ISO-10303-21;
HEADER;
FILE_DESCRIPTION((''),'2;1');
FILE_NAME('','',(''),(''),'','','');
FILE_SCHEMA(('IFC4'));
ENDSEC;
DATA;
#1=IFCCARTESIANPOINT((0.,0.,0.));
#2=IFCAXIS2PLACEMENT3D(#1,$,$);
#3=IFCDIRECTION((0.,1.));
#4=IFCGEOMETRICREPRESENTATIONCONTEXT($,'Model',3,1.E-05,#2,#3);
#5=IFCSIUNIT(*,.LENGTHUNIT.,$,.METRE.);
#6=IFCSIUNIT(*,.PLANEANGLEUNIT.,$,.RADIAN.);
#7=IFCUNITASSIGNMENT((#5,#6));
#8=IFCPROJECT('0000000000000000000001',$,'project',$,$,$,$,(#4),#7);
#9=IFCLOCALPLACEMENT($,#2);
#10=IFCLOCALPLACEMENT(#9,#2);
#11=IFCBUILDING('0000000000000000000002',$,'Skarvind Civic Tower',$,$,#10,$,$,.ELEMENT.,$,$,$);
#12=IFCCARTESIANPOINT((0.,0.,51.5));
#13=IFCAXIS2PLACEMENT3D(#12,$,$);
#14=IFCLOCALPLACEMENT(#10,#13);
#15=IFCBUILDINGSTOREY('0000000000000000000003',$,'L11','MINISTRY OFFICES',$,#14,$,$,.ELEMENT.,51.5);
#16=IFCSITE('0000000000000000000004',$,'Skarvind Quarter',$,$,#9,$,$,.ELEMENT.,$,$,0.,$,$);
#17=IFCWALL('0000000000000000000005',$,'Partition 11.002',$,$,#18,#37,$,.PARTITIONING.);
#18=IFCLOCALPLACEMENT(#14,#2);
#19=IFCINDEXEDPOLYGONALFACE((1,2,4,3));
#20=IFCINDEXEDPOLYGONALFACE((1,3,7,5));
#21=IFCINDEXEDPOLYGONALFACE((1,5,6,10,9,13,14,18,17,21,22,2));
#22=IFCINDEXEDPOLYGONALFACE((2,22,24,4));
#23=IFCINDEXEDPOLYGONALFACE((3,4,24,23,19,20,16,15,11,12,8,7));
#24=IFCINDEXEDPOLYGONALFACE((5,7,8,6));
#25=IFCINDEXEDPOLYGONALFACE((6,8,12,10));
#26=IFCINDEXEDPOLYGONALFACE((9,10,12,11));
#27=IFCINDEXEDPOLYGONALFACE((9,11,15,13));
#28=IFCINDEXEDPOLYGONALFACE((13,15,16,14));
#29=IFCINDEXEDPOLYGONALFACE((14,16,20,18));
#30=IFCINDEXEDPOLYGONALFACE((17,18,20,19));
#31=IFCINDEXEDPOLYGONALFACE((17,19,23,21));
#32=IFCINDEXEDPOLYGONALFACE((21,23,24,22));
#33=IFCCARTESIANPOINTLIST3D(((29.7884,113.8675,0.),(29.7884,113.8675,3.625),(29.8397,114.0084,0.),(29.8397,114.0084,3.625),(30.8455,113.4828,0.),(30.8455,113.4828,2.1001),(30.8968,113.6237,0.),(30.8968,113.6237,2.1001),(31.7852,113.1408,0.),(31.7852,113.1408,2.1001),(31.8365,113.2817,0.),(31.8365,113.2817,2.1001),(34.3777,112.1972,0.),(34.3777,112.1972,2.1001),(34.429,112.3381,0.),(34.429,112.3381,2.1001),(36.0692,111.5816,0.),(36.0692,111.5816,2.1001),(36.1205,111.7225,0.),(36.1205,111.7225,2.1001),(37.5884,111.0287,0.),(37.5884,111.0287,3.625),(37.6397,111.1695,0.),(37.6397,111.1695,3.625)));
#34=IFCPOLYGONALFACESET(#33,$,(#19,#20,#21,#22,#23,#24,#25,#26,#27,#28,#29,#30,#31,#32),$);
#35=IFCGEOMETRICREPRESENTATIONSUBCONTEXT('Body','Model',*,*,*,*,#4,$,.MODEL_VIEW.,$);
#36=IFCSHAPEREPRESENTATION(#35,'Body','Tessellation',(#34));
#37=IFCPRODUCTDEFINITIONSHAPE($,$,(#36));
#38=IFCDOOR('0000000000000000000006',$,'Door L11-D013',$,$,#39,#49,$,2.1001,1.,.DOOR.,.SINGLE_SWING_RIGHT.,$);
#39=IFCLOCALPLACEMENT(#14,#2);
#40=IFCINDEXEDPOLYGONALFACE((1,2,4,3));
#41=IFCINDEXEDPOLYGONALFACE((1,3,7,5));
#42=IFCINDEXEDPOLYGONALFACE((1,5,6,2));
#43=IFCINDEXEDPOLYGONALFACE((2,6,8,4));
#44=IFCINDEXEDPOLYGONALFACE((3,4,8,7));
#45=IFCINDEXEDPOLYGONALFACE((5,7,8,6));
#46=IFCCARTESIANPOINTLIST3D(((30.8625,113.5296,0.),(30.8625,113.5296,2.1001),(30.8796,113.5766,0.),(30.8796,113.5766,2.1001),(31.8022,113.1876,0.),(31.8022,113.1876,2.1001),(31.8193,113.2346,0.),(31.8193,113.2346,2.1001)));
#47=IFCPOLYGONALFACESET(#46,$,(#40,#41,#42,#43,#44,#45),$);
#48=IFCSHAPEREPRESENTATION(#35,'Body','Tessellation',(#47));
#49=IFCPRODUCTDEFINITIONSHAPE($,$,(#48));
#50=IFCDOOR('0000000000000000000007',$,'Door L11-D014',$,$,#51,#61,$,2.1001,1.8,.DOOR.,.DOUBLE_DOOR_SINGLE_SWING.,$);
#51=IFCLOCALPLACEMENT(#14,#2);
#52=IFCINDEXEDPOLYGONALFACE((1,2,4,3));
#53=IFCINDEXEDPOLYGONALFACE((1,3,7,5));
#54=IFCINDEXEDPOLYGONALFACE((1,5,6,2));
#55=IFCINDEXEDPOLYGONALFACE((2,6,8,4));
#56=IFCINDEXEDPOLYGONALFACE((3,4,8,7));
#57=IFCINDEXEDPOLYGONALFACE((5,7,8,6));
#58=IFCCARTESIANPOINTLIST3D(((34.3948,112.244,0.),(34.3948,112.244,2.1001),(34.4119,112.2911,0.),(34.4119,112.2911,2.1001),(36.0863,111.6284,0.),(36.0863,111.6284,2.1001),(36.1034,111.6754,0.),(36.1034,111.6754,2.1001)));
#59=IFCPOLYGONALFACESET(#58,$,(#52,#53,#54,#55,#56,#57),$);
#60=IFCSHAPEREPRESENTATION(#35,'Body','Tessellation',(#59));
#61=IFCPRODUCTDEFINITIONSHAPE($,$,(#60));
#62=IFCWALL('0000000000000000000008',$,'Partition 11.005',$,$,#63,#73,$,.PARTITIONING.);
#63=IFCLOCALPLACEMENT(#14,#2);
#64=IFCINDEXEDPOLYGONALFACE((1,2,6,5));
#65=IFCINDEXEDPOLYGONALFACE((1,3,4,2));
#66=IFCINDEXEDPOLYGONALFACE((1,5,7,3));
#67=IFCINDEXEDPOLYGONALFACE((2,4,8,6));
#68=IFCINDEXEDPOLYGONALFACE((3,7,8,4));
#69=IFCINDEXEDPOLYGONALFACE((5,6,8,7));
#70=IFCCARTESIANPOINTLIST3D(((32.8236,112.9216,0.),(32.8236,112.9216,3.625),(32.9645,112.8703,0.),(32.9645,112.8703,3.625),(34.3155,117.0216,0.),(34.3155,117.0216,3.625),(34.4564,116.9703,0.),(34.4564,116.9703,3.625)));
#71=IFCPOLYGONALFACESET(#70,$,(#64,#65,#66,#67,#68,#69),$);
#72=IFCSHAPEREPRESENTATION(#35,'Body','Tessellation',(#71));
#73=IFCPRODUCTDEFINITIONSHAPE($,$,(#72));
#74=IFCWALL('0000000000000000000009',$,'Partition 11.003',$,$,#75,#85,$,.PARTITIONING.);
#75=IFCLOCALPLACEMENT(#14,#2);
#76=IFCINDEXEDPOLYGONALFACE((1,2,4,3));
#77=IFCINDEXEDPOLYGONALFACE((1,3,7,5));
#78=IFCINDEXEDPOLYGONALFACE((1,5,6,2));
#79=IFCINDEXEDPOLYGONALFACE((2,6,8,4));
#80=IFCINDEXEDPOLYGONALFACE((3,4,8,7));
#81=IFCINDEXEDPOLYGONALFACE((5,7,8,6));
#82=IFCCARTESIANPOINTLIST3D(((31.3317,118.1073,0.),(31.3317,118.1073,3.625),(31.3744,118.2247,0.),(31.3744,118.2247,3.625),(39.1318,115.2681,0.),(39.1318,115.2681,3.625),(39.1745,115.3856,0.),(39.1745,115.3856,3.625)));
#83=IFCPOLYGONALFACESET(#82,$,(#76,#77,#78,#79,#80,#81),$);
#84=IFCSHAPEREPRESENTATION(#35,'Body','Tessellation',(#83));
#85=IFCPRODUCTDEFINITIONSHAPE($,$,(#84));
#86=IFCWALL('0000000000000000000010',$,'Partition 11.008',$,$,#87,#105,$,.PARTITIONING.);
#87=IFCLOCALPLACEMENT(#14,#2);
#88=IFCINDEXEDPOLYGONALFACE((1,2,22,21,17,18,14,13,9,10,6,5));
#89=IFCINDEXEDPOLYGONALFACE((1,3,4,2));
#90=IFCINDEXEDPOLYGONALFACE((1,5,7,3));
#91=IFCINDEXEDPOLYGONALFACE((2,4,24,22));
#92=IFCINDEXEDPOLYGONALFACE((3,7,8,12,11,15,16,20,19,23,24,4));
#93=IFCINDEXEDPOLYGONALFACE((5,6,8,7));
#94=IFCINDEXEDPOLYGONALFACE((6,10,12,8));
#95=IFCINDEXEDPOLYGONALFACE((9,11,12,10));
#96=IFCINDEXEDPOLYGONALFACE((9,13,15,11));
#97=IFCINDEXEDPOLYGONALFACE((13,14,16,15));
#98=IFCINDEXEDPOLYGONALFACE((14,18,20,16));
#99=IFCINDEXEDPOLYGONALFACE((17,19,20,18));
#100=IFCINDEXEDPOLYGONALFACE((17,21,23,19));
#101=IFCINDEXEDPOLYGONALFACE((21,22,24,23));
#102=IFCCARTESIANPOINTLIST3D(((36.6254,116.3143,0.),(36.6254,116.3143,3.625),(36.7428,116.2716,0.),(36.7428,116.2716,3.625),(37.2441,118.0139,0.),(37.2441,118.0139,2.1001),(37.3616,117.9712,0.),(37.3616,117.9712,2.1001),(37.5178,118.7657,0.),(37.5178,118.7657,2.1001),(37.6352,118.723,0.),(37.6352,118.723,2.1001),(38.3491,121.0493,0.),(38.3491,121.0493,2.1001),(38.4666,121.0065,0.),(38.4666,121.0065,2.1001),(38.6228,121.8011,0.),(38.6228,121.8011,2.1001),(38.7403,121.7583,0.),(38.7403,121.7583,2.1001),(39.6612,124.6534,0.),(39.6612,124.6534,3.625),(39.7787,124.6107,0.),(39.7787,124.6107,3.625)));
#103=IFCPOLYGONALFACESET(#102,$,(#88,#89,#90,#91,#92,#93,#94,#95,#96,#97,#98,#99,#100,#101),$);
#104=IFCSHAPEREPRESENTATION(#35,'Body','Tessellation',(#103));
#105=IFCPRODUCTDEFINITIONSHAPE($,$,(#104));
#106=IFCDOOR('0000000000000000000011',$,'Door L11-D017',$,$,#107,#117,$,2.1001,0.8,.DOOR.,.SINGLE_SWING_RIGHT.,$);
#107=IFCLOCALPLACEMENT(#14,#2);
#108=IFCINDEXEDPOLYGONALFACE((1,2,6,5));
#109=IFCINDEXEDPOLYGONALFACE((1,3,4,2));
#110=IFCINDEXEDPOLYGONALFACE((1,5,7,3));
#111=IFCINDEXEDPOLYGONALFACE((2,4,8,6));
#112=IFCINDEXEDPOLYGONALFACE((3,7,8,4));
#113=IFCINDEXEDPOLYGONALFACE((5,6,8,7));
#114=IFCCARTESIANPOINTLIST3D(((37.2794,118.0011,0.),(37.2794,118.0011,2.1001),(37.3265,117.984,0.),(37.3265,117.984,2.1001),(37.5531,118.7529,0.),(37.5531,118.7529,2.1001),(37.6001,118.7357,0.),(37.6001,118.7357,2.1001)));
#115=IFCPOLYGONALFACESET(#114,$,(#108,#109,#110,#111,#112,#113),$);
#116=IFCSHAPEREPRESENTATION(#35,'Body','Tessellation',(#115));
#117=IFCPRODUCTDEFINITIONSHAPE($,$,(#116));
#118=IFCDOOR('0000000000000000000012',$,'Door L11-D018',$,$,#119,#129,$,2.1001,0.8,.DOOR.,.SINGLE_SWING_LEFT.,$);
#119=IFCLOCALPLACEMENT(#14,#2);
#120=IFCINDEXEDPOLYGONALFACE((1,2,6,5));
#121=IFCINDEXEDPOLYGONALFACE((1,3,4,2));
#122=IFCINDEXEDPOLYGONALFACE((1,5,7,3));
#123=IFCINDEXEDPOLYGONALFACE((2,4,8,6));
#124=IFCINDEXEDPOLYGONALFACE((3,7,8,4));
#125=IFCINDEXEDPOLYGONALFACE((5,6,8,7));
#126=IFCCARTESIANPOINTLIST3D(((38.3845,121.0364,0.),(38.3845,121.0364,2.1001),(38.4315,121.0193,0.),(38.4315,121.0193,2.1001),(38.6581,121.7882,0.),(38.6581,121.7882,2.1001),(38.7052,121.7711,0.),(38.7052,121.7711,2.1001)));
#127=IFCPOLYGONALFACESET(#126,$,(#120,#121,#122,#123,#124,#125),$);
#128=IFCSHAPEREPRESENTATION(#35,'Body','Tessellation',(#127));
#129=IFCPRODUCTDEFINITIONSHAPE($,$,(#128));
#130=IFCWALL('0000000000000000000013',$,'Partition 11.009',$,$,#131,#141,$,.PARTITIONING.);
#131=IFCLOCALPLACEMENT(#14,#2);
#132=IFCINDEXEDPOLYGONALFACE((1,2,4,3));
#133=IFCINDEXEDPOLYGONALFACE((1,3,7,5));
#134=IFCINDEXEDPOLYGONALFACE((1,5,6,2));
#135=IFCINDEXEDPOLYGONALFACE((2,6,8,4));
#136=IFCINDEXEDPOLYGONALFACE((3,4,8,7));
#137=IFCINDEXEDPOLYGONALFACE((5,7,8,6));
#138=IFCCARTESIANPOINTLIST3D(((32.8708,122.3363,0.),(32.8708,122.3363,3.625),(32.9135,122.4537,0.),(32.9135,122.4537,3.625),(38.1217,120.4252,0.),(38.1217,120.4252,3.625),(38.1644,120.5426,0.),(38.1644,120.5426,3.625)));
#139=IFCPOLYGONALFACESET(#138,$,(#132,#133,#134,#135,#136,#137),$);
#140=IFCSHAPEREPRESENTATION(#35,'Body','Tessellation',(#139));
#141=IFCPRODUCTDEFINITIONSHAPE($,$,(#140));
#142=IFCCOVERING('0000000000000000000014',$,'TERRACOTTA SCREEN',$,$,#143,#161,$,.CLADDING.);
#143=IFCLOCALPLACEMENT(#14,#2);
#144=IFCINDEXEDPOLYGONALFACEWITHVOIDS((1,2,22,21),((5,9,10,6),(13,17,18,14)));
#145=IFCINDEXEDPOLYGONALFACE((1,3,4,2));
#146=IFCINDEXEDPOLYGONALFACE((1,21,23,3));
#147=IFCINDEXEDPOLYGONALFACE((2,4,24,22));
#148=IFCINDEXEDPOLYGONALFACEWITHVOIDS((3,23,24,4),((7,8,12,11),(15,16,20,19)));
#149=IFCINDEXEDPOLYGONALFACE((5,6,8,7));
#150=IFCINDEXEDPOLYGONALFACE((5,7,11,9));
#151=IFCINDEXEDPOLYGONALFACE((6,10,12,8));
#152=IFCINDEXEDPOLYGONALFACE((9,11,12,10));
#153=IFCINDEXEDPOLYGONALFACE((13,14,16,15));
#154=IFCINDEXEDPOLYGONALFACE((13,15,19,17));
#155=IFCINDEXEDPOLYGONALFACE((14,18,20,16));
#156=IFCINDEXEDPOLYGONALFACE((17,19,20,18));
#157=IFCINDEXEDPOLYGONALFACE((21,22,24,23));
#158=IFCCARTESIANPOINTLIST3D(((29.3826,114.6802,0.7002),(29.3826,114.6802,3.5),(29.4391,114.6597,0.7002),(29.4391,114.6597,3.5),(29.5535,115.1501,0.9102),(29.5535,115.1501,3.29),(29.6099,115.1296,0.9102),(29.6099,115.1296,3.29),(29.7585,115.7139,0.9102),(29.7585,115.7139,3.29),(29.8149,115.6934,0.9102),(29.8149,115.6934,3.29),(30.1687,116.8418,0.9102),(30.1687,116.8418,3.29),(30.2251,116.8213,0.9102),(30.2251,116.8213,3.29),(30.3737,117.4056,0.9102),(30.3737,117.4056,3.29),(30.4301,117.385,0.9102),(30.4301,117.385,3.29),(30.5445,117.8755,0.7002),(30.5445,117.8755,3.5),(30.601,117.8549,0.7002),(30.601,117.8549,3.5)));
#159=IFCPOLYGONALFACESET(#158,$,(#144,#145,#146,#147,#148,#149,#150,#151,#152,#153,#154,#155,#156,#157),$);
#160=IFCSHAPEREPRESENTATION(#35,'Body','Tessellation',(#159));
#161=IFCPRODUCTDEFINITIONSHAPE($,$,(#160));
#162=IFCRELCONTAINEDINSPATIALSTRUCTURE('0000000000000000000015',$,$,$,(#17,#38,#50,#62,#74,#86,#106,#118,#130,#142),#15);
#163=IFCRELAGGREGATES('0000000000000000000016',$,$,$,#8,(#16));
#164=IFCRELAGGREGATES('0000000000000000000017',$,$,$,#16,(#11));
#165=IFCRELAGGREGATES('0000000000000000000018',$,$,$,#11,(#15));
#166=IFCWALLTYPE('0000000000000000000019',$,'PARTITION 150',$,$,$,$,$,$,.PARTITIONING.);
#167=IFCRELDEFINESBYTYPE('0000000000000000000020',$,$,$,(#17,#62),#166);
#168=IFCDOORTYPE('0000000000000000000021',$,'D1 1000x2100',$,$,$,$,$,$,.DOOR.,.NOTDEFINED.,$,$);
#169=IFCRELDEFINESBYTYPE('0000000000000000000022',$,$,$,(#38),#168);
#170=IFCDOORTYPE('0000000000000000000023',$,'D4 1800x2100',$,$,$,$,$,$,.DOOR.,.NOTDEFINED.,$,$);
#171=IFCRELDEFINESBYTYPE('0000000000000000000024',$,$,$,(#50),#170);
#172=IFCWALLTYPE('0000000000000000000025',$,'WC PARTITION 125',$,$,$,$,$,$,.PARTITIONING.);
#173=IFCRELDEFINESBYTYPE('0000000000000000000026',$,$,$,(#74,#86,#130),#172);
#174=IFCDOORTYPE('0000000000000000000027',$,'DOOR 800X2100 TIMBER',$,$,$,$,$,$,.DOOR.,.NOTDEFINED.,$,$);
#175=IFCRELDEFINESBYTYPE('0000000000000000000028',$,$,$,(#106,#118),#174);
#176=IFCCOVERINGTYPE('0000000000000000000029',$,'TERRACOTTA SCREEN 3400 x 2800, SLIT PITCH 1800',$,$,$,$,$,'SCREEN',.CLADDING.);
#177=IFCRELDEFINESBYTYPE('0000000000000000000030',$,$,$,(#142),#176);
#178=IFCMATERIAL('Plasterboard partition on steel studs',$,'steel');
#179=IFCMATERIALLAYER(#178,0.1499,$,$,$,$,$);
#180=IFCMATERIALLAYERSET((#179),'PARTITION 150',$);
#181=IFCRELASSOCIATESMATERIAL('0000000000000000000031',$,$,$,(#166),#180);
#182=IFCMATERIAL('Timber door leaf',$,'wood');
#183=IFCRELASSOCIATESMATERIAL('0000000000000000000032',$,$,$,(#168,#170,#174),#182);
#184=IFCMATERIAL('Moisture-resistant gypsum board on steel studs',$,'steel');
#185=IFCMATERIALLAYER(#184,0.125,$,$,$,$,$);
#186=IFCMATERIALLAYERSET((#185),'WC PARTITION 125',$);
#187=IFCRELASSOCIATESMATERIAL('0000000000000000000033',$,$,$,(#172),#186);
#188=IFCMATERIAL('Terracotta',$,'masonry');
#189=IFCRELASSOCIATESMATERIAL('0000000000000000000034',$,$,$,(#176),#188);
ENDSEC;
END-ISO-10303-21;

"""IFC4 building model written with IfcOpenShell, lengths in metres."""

from ifc_helpers import new_model, si_unit, direction, frame, frame_2d, origin, place, context, subcontext, project, spatial, polyline, rectangle, outline, extrude, material, layer, layer_set, material_profile, profile_set, type_object, element, fill, save


model = new_model("IFC4")

# Units and contexts
model_context = context("Model", 3, precision=1e-05, world=origin(), true_north=direction((0.0, 1.0)))
body_context = subcontext(model_context, "Body", "Model", "MODEL_VIEW")
ifc_project = project(units=[si_unit("LENGTHUNIT", "METRE"), si_unit("PLANEANGLEUNIT", "RADIAN")], contexts=[model_context])

# Site, building, storey
site_placement = place(None, origin())
site = spatial("IfcSite", under=ifc_project, at=site_placement, Name="Skarvind Quarter", CompositionType="ELEMENT", RefElevation=0.0)
building_placement = place(site_placement, origin())
building = spatial("IfcBuilding", under=site, at=building_placement, Name="Skarvind Civic Tower", CompositionType="ELEMENT")
storey_placement = place(building_placement, frame((0.0, 0.0, 51.5)))
storey = spatial("IfcBuildingStorey", under=building, at=storey_placement, Name="L11", Description="MINISTRY OFFICES", CompositionType="ELEMENT", Elevation=51.5)

# Wall, openings, doors
ifc_material_1 = material(Name="Plasterboard partition on steel studs", Category="steel")
ifc_layer_1 = layer(ifc_material_1, 0.1499)
ifc_layer_set_1 = layer_set([ifc_layer_1], Name="PARTITION 150")
wall_type_1 = type_object("IfcWallType", Name="PARTITION 150", PredefinedType="PARTITIONING", material=ifc_layer_set_1)
wall_1_placement = place(storey_placement, frame((29.814, 113.938, 0.0), z_axis=(0.0, 0.0, 1.0), x_axis=(0.939697, -0.342008, 0.0)))
wall_1 = element("IfcWall", 1, at=wall_1_placement, inside=storey, type_object=wall_type_1, Name="Partition 11.002", PredefinedType="PARTITIONING", context=body_context, shape_type="SweptSolid", body=[
    extrude(rectangle(XDim=8.3005, YDim=0.1499, at=frame_2d((4.1504, 0.0))), origin(), (0.0, 0.0, 1.0), 3.625),
])
opening_1_placement = place(wall_1_placement, frame((1.125, 0.0, 0.0)))
opening_1 = element("IfcOpeningElement", 2, at=opening_1_placement, cuts=wall_1, PredefinedType="OPENING", context=body_context, shape_type="SweptSolid", body=[
    extrude(rectangle(XDim=1.0, YDim=2.1001, at=frame_2d((0.5, 1.05))), frame((0.0, 0.085, 0.0), z_axis=(0.0, -1.0, 0.0), x_axis=(1.0, 0.0, 0.0)), (0.0, 0.0, 1.0), 0.1699),
])
opening_2_placement = place(wall_1_placement, frame((4.884, 0.0, 0.0)))
opening_2 = element("IfcOpeningElement", 3, at=opening_2_placement, cuts=wall_1, PredefinedType="OPENING", context=body_context, shape_type="SweptSolid", body=[
    extrude(rectangle(XDim=1.8, YDim=2.1001, at=frame_2d((0.8999, 1.05))), frame((0.0, 0.085, 0.0), z_axis=(0.0, -1.0, 0.0), x_axis=(1.0, 0.0, 0.0)), (0.0, 0.0, 1.0), 0.1699),
])
ifc_material_2 = material(Name="Timber door leaf", Category="wood")
door_type_1 = type_object("IfcDoorType", Name="D1 1000x2100", OperationType="NOTDEFINED", PredefinedType="DOOR", material=ifc_material_2)
door_1_placement = place(opening_1_placement, origin())
door_1 = element("IfcDoor", 4, at=door_1_placement, inside=storey, type_object=door_type_1, Name="Door L11-D013", OperationType="SINGLE_SWING_RIGHT", OverallHeight=2.1001, OverallWidth=1.0, PredefinedType="DOOR", context=body_context, shape_type="SweptSolid", body=[
    extrude(rectangle(XDim=1.0, YDim=2.1001, at=frame_2d((0.5, 1.05))), frame((0.0, 0.0249, 0.0), z_axis=(0.0, -1.0, 0.0), x_axis=(1.0, 0.0, 0.0)), (0.0, 0.0, 1.0), 0.05),
])
fill(opening_1, door_1)
door_type_2 = type_object("IfcDoorType", Name="D4 1800x2100", OperationType="NOTDEFINED", PredefinedType="DOOR", material=ifc_material_2)
door_2_placement = place(opening_2_placement, origin())
door_2 = element("IfcDoor", 5, at=door_2_placement, inside=storey, type_object=door_type_2, Name="Door L11-D014", OperationType="DOUBLE_DOOR_SINGLE_SWING", OverallHeight=2.1001, OverallWidth=1.8, PredefinedType="DOOR", context=body_context, shape_type="SweptSolid", body=[
    extrude(rectangle(XDim=1.8, YDim=2.1001, at=frame_2d((0.8999, 1.05))), frame((0.0, 0.0249, 0.0), z_axis=(0.0, -1.0, 0.0), x_axis=(1.0, 0.0, 0.0)), (0.0, 0.0, 1.0), 0.05),
])
fill(opening_2, door_2)

# Walls
wall_2_placement = place(storey_placement, frame((34.386, 116.9961, 0.0), z_axis=(0.0, 0.0, 1.0), x_axis=(-0.341945, -0.93972, 0.0)))
element("IfcWall", 6, at=wall_2_placement, inside=storey, type_object=wall_type_1, Name="Partition 11.005", PredefinedType="PARTITIONING", context=body_context, shape_type="SweptSolid", body=[
    extrude(rectangle(XDim=4.363, YDim=0.1499, at=frame_2d((2.1816, 0.0))), origin(), (0.0, 0.0, 1.0), 3.625),
])
ifc_material_3 = material(Name="Moisture-resistant gypsum board on steel studs", Category="steel")
ifc_layer_2 = layer(ifc_material_3, 0.125)
ifc_layer_set_2 = layer_set([ifc_layer_2], Name="WC PARTITION 125")
wall_type_2 = type_object("IfcWallType", Name="WC PARTITION 125", PredefinedType="PARTITIONING", material=ifc_layer_set_2)
wall_3_placement = place(storey_placement, frame((31.353, 118.166, 0.0), z_axis=(0.0, 0.0, 1.0), x_axis=(0.939688, -0.342034, 0.0)))
element("IfcWall", 7, at=wall_3_placement, inside=storey, type_object=wall_type_2, Name="Partition 11.003", PredefinedType="PARTITIONING", context=body_context, shape_type="SweptSolid", body=[
    extrude(rectangle(XDim=8.3008, YDim=0.125, at=frame_2d((4.1504, 0.0))), origin(), (0.0, 0.0, 1.0), 3.625),
])

# Wall, openings, doors
wall_4_placement = place(storey_placement, frame((36.6841, 116.293, 0.0), z_axis=(0.0, 0.0, 1.0), x_axis=(0.34209, 0.939667, 0.0)))
wall_4 = element("IfcWall", 8, at=wall_4_placement, inside=storey, type_object=wall_type_2, Name="Partition 11.008", PredefinedType="PARTITIONING", context=body_context, shape_type="SweptSolid", body=[
    extrude(rectangle(XDim=8.8745, YDim=0.125, at=frame_2d((4.4373, 0.0))), origin(), (0.0, 0.0, 1.0), 3.625),
])
opening_3_placement = place(wall_4_placement, frame((1.8088, 0.0, 0.0)))
opening_3 = element("IfcOpeningElement", 9, at=opening_3_placement, cuts=wall_4, PredefinedType="OPENING", context=body_context, shape_type="SweptSolid", body=[
    extrude(rectangle(XDim=0.8, YDim=2.1001, at=frame_2d((0.3999, 1.05))), frame((0.0, 0.0725, 0.0), z_axis=(0.0, -1.0, 0.0), x_axis=(1.0, 0.0, 0.0)), (0.0, 0.0, 1.0), 0.145),
])
opening_4_placement = place(wall_4_placement, frame((5.0391, 0.0, 0.0)))
opening_4 = element("IfcOpeningElement", 10, at=opening_4_placement, cuts=wall_4, PredefinedType="OPENING", context=body_context, shape_type="SweptSolid", body=[
    extrude(rectangle(XDim=0.8, YDim=2.1001, at=frame_2d((0.3999, 1.05))), frame((0.0, 0.0725, 0.0), z_axis=(0.0, -1.0, 0.0), x_axis=(1.0, 0.0, 0.0)), (0.0, 0.0, 1.0), 0.145),
])
door_type_3 = type_object("IfcDoorType", Name="DOOR 800X2100 TIMBER", OperationType="NOTDEFINED", PredefinedType="DOOR", material=ifc_material_2)
door_3_placement = place(opening_3_placement, origin())
door_3 = element("IfcDoor", 11, at=door_3_placement, inside=storey, type_object=door_type_3, Name="Door L11-D017", OperationType="SINGLE_SWING_RIGHT", OverallHeight=2.1001, OverallWidth=0.8, PredefinedType="DOOR", context=body_context, shape_type="SweptSolid", body=[
    extrude(rectangle(XDim=0.8, YDim=2.1001, at=frame_2d((0.3999, 1.05))), frame((0.0, 0.0249, 0.0), z_axis=(0.0, -1.0, 0.0), x_axis=(1.0, 0.0, 0.0)), (0.0, 0.0, 1.0), 0.05),
])
fill(opening_3, door_3)
door_4_placement = place(opening_4_placement, origin())
door_4 = element("IfcDoor", 12, at=door_4_placement, inside=storey, type_object=door_type_3, Name="Door L11-D018", OperationType="SINGLE_SWING_LEFT", OverallHeight=2.1001, OverallWidth=0.8, PredefinedType="DOOR", context=body_context, shape_type="SweptSolid", body=[
    extrude(rectangle(XDim=0.8, YDim=2.1001, at=frame_2d((0.3999, 1.05))), frame((0.0, 0.0249, 0.0), z_axis=(0.0, -1.0, 0.0), x_axis=(1.0, 0.0, 0.0)), (0.0, 0.0, 1.0), 0.05),
])
fill(opening_4, door_4)

# Wall
wall_5_placement = place(storey_placement, frame((38.1431, 120.4839, 0.0), z_axis=(0.0, 0.0, 1.0), x_axis=(-0.939696, 0.34201, 0.0)))
element("IfcWall", 13, at=wall_5_placement, inside=storey, type_object=wall_type_2, Name="Partition 11.009", PredefinedType="PARTITIONING", context=body_context, shape_type="SweptSolid", body=[
    extrude(rectangle(XDim=5.5879, YDim=0.125, at=frame_2d((2.7939, 0.0))), origin(), (0.0, 0.0, 1.0), 3.625),
])

# Covering
ifc_material_4 = material(Name="Terracotta", Category="masonry")
ifc_material_profile_1 = material_profile(ifc_material_4, outline(polyline([(-1.7, -1.3999), (1.7, -1.3999), (1.7, 1.3999), (-1.7, 1.3999), (-1.7, -1.3999)]), holes=[polyline([(-1.2, -1.1899), (-0.6001, -1.1899), (-0.6001, 1.1899), (-1.2, 1.1899), (-1.2, -1.1899)]), polyline([(0.6001, -1.1899), (1.2, -1.1899), (1.2, 1.1899), (0.6001, 1.1899), (0.6001, -1.1899)])]), Name="TERRACOTTA SCREEN 3400 x 2800, SLIT PITCH 1800")
ifc_profile_set_1 = profile_set([ifc_material_profile_1], Name="Terracotta")
covering_type = type_object("IfcCoveringType", Name="TERRACOTTA SCREEN 3400 x 2800, SLIT PITCH 1800", ElementType="SCREEN", PredefinedType="CLADDING", material=ifc_profile_set_1)
covering_placement = place(storey_placement, frame((30.02, 116.2573, 2.1001), z_axis=(-0.939793, 0.341743, 0.0), x_axis=(-0.341743, -0.939793, 0.0)))
element("IfcCovering", 14, at=covering_placement, inside=storey, type_object=covering_type, Name="TERRACOTTA SCREEN", PredefinedType="CLADDING", context=body_context, shape_type="SweptSolid", body=[
    extrude(outline(polyline([(-1.7, -1.3999), (1.7, -1.3999), (1.7, 1.3999), (-1.7, 1.3999), (-1.7, -1.3999)]), holes=[polyline([(-1.2, -1.1899), (-0.6001, -1.1899), (-0.6001, 1.1899), (-1.2, 1.1899), (-1.2, -1.1899)]), polyline([(0.6001, -1.1899), (1.2, -1.1899), (1.2, 1.1899), (0.6001, 1.1899), (0.6001, -1.1899)])]), origin(), (0.0, 0.0, 1.0), 0.0601),
])

save(model, "model.ifc")
